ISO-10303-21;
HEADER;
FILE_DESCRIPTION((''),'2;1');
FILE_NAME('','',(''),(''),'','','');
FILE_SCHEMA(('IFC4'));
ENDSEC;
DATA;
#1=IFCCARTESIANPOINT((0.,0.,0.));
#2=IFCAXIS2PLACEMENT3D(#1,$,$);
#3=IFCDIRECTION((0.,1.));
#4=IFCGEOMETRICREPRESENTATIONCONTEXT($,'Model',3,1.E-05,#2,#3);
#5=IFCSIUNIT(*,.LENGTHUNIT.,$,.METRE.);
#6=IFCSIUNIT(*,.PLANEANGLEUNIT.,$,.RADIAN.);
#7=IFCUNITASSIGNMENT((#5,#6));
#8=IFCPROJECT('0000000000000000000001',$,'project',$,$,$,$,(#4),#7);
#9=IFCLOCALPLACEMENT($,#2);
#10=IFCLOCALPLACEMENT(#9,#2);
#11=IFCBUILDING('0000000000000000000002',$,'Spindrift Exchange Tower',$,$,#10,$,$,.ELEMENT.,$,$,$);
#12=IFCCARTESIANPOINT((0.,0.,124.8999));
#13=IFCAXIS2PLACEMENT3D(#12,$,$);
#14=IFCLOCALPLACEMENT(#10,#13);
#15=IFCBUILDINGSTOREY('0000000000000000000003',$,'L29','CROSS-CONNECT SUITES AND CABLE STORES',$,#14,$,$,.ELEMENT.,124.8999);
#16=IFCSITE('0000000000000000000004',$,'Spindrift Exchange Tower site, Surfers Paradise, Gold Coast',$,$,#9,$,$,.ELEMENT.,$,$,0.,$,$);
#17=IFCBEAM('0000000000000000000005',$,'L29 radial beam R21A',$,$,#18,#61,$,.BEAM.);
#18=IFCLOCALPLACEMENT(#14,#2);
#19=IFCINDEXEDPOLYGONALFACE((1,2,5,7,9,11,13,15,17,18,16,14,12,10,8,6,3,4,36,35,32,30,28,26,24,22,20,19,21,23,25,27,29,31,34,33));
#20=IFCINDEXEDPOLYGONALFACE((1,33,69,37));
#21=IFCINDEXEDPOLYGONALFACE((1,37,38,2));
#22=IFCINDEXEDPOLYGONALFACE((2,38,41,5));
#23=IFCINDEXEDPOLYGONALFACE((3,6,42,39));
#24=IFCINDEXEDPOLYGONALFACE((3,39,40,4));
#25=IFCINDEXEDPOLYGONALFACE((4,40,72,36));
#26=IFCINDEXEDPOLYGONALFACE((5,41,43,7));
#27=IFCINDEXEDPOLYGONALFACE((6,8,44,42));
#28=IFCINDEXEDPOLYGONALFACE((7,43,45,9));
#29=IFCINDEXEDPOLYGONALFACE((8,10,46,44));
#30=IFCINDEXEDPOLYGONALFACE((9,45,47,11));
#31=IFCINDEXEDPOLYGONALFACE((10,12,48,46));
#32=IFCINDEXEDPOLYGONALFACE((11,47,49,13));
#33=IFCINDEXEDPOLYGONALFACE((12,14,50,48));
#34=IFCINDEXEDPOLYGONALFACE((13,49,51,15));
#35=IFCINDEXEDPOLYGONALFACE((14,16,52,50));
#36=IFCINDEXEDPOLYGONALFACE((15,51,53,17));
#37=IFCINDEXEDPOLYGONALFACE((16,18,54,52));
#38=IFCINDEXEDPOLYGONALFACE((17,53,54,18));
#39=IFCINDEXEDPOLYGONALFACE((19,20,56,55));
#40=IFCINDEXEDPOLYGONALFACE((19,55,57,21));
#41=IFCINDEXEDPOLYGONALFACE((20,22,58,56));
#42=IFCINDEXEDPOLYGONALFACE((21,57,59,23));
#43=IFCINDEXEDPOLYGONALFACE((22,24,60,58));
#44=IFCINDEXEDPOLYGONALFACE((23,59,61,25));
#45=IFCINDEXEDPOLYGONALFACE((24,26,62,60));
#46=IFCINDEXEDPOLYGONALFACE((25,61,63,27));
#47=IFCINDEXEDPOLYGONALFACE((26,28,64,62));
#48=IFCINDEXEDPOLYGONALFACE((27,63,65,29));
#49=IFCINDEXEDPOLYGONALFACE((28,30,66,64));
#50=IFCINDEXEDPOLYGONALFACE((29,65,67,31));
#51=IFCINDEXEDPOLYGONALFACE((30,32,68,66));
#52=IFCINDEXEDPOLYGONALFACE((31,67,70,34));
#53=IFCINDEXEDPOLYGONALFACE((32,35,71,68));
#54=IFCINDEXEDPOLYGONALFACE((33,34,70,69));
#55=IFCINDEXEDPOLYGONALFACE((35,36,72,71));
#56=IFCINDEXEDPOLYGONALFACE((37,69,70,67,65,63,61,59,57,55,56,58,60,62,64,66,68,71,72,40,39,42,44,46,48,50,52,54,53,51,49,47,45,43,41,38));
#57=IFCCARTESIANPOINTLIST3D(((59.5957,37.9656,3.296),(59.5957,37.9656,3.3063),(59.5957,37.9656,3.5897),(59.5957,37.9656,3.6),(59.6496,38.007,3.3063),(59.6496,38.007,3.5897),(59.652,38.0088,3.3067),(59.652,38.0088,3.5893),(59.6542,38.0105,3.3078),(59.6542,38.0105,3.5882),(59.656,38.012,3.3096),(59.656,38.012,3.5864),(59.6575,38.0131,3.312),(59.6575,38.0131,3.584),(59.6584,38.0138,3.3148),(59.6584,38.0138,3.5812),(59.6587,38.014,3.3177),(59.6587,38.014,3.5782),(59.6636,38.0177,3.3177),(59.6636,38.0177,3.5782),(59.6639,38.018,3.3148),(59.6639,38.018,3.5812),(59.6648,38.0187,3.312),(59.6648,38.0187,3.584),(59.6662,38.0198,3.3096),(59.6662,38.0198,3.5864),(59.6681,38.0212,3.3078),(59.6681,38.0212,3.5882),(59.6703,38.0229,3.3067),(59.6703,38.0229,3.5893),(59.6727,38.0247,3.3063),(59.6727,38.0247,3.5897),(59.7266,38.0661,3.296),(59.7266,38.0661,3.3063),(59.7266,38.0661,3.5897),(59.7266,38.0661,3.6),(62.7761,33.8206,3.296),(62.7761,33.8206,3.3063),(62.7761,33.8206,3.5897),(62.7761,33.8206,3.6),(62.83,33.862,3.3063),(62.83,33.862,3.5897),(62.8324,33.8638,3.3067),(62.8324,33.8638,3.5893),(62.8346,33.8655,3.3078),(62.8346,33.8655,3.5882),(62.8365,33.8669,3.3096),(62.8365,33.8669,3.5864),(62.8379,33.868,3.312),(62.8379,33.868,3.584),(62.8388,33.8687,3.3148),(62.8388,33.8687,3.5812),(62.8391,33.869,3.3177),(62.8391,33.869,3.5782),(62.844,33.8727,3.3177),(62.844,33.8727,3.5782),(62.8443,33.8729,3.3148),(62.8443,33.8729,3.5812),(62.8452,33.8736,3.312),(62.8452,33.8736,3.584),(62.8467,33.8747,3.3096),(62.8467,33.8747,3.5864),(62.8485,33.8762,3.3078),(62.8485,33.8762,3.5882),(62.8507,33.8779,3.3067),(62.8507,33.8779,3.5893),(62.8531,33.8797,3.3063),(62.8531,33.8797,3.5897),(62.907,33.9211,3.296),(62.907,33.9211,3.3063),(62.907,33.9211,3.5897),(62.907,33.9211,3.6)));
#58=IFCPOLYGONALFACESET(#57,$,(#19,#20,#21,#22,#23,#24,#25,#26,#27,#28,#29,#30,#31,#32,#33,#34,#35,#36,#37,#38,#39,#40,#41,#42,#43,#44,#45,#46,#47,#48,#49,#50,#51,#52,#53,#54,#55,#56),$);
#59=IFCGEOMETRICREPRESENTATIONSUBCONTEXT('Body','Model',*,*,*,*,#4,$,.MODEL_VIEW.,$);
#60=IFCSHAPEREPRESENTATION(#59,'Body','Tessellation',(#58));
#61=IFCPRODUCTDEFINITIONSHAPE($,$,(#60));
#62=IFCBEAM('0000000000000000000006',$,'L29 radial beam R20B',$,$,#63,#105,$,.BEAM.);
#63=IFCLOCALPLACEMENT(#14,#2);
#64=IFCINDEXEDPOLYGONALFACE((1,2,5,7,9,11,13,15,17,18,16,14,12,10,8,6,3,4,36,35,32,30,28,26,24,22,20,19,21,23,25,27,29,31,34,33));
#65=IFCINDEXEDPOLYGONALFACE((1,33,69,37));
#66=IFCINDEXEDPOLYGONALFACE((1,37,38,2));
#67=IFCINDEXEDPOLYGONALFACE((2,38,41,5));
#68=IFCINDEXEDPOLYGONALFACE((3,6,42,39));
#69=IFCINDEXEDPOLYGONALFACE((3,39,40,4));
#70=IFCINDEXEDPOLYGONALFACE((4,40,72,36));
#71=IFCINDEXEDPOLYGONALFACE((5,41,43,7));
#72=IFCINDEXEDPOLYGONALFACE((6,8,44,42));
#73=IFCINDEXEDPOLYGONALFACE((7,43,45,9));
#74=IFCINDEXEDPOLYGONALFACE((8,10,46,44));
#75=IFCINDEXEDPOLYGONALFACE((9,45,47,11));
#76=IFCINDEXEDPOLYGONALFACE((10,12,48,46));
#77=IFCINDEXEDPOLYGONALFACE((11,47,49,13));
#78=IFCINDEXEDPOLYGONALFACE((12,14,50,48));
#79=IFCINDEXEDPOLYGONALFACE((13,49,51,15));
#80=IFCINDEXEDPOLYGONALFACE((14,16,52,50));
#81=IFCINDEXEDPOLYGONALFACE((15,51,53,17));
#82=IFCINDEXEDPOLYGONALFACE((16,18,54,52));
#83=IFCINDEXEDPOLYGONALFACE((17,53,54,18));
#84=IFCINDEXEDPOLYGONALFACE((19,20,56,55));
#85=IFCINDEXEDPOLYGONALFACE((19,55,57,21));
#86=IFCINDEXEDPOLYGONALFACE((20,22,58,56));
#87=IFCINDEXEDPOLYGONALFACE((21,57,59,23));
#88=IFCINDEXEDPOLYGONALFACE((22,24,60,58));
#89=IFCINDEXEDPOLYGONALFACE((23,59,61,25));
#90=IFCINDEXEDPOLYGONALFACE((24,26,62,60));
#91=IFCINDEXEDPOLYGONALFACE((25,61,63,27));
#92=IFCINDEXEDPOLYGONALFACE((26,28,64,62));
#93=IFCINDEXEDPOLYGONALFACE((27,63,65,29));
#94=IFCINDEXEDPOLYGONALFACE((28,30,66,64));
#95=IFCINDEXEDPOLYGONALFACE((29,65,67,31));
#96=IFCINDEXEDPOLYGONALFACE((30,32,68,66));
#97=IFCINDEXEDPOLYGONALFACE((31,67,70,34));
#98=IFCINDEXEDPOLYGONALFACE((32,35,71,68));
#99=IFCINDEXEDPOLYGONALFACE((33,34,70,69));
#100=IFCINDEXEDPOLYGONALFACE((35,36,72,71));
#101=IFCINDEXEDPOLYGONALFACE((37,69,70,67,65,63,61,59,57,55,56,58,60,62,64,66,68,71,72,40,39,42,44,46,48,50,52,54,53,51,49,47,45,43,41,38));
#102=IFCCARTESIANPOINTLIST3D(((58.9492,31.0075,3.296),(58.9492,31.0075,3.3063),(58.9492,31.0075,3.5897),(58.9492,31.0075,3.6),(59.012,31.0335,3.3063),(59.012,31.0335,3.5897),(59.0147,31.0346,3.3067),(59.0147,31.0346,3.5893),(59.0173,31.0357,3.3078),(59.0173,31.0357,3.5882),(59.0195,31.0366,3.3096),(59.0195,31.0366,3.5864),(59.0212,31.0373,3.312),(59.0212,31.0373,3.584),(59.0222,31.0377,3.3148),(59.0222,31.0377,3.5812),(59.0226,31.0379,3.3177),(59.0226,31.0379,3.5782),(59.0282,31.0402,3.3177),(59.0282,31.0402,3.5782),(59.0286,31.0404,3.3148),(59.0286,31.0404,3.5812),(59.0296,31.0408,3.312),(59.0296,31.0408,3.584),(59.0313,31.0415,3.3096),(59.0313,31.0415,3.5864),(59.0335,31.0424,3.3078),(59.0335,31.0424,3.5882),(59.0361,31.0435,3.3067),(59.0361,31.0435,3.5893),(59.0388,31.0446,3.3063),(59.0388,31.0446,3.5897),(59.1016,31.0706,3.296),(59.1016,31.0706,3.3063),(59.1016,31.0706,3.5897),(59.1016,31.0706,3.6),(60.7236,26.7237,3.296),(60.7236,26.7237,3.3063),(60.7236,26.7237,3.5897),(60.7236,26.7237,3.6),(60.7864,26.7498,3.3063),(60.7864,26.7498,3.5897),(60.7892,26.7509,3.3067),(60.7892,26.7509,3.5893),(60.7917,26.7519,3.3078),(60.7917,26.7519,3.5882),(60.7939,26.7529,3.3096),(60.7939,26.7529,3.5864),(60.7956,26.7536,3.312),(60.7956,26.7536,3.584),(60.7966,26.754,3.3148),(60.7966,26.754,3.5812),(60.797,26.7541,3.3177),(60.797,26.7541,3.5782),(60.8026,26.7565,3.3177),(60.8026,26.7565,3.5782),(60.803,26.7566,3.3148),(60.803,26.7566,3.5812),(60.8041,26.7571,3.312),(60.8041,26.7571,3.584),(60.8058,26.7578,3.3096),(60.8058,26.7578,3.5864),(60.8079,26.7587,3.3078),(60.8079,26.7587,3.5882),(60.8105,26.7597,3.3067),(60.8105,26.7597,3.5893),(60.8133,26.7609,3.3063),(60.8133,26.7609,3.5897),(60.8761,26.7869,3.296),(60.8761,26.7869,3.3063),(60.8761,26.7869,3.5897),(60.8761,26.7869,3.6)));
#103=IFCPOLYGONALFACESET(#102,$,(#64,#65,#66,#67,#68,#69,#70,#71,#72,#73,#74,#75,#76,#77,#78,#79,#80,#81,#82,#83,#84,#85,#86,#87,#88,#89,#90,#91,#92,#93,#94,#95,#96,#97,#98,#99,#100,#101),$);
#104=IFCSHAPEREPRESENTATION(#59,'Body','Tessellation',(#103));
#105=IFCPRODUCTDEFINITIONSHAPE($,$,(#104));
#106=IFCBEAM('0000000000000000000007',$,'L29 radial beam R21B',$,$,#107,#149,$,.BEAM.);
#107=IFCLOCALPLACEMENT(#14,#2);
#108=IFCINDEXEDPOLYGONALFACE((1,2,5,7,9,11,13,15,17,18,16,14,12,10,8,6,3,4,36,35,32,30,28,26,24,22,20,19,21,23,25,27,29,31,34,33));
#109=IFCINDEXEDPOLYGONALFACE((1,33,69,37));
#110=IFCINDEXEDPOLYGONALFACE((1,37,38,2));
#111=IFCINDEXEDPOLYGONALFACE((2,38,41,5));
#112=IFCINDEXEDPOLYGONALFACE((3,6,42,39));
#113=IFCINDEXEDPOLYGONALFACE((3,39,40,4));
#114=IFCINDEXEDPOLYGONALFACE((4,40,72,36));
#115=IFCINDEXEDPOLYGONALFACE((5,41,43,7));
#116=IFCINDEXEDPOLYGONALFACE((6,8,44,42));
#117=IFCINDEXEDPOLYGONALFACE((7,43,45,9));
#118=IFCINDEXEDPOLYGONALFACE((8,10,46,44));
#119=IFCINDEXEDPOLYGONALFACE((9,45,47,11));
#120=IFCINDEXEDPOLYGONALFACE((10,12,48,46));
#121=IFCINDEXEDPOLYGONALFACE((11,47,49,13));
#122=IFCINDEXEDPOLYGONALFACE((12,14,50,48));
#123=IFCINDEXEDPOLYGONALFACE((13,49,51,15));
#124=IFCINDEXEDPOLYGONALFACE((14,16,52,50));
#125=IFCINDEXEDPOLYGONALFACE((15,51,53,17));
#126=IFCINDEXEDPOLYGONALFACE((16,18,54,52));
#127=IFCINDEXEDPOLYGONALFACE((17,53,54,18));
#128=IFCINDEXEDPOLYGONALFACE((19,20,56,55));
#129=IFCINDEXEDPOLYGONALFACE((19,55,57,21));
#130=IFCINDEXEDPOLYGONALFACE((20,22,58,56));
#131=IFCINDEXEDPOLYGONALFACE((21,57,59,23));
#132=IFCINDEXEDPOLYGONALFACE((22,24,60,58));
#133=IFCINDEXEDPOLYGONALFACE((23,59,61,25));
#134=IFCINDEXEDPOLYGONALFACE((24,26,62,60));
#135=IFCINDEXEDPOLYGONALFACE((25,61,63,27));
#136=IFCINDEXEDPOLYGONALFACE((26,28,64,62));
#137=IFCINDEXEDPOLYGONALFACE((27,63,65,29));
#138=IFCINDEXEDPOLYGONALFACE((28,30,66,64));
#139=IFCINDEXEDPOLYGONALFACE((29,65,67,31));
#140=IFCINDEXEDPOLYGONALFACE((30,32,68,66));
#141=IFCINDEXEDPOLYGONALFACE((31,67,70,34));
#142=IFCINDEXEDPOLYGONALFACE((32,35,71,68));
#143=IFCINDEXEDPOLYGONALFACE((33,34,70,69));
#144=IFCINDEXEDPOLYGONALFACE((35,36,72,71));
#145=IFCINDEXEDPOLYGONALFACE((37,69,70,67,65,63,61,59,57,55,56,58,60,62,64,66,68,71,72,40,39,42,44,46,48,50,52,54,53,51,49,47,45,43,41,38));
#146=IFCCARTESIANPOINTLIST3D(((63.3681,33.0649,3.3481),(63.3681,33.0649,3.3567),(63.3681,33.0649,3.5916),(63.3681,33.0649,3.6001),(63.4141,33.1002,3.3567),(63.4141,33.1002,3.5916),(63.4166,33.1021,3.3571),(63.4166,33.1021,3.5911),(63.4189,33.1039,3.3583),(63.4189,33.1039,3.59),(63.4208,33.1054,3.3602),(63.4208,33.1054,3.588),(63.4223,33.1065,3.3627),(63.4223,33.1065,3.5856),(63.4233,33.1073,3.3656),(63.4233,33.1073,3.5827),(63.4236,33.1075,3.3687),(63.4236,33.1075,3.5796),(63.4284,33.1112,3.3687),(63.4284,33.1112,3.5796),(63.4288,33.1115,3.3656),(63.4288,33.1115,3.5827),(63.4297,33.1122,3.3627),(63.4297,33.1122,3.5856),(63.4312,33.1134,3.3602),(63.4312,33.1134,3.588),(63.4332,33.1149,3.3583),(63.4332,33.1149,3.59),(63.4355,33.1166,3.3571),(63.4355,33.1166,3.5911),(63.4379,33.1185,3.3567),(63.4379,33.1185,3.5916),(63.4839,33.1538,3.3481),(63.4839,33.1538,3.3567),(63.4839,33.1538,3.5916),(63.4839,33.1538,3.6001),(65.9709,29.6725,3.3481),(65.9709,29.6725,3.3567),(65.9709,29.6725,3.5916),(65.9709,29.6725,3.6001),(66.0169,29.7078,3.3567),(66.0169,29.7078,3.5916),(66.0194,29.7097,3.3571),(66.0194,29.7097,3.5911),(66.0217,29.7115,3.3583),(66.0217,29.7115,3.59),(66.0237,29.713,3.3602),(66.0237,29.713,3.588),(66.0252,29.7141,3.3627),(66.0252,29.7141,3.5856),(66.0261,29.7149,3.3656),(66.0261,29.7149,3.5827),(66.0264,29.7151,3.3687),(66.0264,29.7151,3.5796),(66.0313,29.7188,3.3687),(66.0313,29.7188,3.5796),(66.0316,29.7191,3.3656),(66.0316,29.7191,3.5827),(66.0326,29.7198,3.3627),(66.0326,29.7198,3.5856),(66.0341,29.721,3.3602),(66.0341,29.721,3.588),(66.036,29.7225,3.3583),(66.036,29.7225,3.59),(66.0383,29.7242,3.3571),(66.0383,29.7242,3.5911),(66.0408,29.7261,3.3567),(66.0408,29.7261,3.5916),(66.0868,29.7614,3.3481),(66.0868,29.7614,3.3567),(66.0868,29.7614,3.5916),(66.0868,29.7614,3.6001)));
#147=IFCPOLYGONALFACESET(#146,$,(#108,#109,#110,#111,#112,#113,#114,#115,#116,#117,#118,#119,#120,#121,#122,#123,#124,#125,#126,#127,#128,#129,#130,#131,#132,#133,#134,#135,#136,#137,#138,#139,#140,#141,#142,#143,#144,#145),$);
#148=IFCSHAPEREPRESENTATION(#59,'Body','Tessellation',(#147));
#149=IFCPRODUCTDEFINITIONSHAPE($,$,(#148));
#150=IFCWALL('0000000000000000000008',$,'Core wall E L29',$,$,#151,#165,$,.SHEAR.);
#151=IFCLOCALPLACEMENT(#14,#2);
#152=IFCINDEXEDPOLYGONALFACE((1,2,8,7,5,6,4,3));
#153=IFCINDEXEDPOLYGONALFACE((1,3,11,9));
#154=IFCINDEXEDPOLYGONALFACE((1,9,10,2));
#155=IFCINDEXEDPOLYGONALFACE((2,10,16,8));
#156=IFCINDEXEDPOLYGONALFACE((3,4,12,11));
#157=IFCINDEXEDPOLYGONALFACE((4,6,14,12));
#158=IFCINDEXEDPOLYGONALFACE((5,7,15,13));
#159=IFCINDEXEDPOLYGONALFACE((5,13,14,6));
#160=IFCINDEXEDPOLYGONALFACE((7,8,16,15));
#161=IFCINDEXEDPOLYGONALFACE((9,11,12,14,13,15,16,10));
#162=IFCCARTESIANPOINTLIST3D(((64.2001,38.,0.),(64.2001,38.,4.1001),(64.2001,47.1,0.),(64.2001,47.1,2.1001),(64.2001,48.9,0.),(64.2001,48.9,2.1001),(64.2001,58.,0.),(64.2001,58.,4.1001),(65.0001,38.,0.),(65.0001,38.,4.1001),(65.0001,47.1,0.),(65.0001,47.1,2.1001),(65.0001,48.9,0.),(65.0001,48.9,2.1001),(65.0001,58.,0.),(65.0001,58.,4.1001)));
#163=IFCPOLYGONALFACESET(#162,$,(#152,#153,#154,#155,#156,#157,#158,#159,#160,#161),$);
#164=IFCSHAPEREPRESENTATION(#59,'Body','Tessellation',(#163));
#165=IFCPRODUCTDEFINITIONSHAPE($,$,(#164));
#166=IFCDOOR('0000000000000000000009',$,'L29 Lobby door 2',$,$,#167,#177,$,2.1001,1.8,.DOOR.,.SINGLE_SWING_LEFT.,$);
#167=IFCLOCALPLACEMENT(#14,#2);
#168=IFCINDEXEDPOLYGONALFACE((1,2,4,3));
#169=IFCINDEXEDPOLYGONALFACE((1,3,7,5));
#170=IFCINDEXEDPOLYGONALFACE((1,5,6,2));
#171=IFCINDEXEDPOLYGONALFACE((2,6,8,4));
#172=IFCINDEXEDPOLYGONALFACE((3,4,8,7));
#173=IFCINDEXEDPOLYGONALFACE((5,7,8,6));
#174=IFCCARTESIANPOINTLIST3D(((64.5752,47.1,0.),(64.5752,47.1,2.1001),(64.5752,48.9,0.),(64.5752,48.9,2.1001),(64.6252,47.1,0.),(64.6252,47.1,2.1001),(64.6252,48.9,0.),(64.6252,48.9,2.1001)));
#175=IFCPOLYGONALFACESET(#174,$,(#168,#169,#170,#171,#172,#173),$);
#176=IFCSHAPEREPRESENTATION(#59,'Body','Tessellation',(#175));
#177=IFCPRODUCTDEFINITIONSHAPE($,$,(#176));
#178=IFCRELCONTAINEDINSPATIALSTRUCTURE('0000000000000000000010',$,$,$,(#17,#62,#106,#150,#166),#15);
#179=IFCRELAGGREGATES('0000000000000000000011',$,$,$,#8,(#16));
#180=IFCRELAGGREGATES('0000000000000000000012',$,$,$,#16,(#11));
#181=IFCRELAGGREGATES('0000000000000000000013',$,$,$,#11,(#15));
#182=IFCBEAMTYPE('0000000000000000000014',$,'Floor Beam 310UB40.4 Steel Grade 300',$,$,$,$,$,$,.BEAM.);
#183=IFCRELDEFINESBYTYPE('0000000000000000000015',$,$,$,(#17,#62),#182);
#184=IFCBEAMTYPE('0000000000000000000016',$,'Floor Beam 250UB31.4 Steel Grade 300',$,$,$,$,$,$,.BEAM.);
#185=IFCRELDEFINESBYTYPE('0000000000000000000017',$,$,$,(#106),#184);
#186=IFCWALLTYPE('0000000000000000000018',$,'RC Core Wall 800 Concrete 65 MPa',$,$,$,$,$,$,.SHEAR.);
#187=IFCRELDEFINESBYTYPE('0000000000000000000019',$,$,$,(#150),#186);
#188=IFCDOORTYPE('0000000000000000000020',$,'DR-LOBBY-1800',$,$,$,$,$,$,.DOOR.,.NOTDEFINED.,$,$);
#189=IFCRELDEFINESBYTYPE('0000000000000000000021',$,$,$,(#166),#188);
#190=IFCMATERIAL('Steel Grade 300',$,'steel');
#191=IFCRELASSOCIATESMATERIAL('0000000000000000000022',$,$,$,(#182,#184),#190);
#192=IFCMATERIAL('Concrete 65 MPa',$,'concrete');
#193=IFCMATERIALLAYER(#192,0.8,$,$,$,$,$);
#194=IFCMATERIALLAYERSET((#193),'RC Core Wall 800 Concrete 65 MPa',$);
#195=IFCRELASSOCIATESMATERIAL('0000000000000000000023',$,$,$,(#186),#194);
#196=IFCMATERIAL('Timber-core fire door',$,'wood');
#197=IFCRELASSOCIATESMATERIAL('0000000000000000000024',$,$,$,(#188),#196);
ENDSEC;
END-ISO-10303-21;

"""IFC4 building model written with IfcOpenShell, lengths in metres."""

from ifc_helpers import new_model, si_unit, direction, frame, frame_2d, origin, origin_2d, place, context, subcontext, project, spatial, rectangle, i_section, extrude, source, transform, mapped, material, layer, layer_set, material_profile, profile_set, type_object, element, fill, save


model = new_model("IFC4")

# Units and contexts
model_context = context("Model", 3, precision=1e-05, world=origin(), true_north=direction((0.0, 1.0)))
body_context = subcontext(model_context, "Body", "Model", "MODEL_VIEW")
ifc_project = project(units=[si_unit("LENGTHUNIT", "METRE"), si_unit("PLANEANGLEUNIT", "RADIAN")], contexts=[model_context])

# Site, building, storey
site_placement = place(None, origin())
site = spatial("IfcSite", under=ifc_project, at=site_placement, Name="Spindrift Exchange Tower site, Surfers Paradise, Gold Coast", CompositionType="ELEMENT", RefElevation=0.0)
building_placement = place(site_placement, origin())
building = spatial("IfcBuilding", under=site, at=building_placement, Name="Spindrift Exchange Tower", CompositionType="ELEMENT")
storey_placement = place(building_placement, frame((0.0, 0.0, 124.8999)))
storey = spatial("IfcBuildingStorey", under=building, at=storey_placement, Name="L29", Description="CROSS-CONNECT SUITES AND CABLE STORES", CompositionType="ELEMENT", Elevation=124.8999)

# Shared definitions
ifc_material_1 = material(Name="Concrete 65 MPa", Category="concrete")

# Beams
ifc_material_2 = material(Name="Steel Grade 300", Category="steel")
ifc_material_profile_1 = material_profile(ifc_material_2, i_section(OverallWidth=0.165, OverallDepth=0.304, WebThickness=0.0061, FlangeThickness=0.0103, FilletRadius=0.0115, at=origin_2d()), Name="310UB40.4")
ifc_profile_set_1 = profile_set([ifc_material_profile_1], Name="Steel Grade 300")
beam_type_1 = type_object("IfcBeamType", Name="Floor Beam 310UB40.4 Steel Grade 300", PredefinedType="BEAM", material=ifc_profile_set_1)
shared_shape_1 = source(origin(), body_context, "Body", "SweptSolid", [
    extrude(i_section(OverallWidth=0.165, OverallDepth=0.304, WebThickness=0.0061, FlangeThickness=0.0103, FilletRadius=0.0115, at=origin_2d()), origin(), (0.0, 0.0, 1.0), 5.2246),
])
beam_1_placement = place(storey_placement, frame((59.6611, 38.0159, 3.448), z_axis=(0.608741, -0.793369, 0.0), x_axis=(0.793369, 0.608741, 0.0)))
element("IfcBeam", 1, at=beam_1_placement, inside=storey, type_object=beam_type_1, Name="L29 radial beam R21A", PredefinedType="BEAM", context=body_context, shape_type="MappedRepresentation", body=[
    mapped(shared_shape_1, transform((0.0, 0.0, 0.0), scale=1.0)),
])
shared_shape_2 = source(origin(), body_context, "Body", "SweptSolid", [
    extrude(i_section(OverallWidth=0.165, OverallDepth=0.304, WebThickness=0.0061, FlangeThickness=0.0103, FilletRadius=0.0115, at=origin_2d()), origin(), (0.0, 0.0, 1.0), 4.6367),
])
beam_2_placement = place(storey_placement, frame((59.0254, 31.0391, 3.448), z_axis=(0.382693, -0.923876, 0.0), x_axis=(0.923876, 0.382693, 0.0)))
element("IfcBeam", 2, at=beam_2_placement, inside=storey, type_object=beam_type_1, Name="L29 radial beam R20B", PredefinedType="BEAM", context=body_context, shape_type="MappedRepresentation", body=[
    mapped(shared_shape_2, transform((0.0, 0.0, 0.0), scale=1.0)),
])
ifc_material_profile_2 = material_profile(ifc_material_2, i_section(OverallWidth=0.146, OverallDepth=0.252, WebThickness=0.0061, FlangeThickness=0.0085, FilletRadius=0.012, at=origin_2d()), Name="250UB31.4")
ifc_profile_set_2 = profile_set([ifc_material_profile_2], Name="Steel Grade 300")
beam_type_2 = type_object("IfcBeamType", Name="Floor Beam 250UB31.4 Steel Grade 300", PredefinedType="BEAM", material=ifc_profile_set_2)
shared_shape_3 = source(origin(), body_context, "Body", "SweptSolid", [
    extrude(i_section(OverallWidth=0.146, OverallDepth=0.252, WebThickness=0.0061, FlangeThickness=0.0085, FilletRadius=0.012, at=origin_2d()), origin(), (0.0, 0.0, 1.0), 4.2759),
])
beam_3_placement = place(storey_placement, frame((63.426, 33.1094, 3.4741), z_axis=(0.608725, -0.793381, 0.0), x_axis=(0.793381, 0.608725, 0.0)))
element("IfcBeam", 3, at=beam_3_placement, inside=storey, type_object=beam_type_2, Name="L29 radial beam R21B", PredefinedType="BEAM", context=body_context, shape_type="MappedRepresentation", body=[
    mapped(shared_shape_3, transform((0.0, 0.0, 0.0), scale=1.0)),
])

# Wall, opening, door
ifc_layer_1 = layer(ifc_material_1, 0.8)
ifc_layer_set_1 = layer_set([ifc_layer_1], Name="RC Core Wall 800 Concrete 65 MPa")
wall_type_1 = type_object("IfcWallType", Name="RC Core Wall 800 Concrete 65 MPa", PredefinedType="SHEAR", material=ifc_layer_set_1)
wall_1_placement = place(storey_placement, frame((64.6001, 38.0, 0.0), z_axis=(0.0, 0.0, 1.0), x_axis=(0.0, 1.0, 0.0)))
wall_1 = element("IfcWall", 4, at=wall_1_placement, inside=storey, type_object=wall_type_1, Name="Core wall E L29", PredefinedType="SHEAR", context=body_context, shape_type="SweptSolid", body=[
    extrude(rectangle(XDim=20.0, YDim=0.8, at=frame_2d((10.0, 0.0))), origin(), (0.0, 0.0, 1.0), 4.1001),
])
opening_1_placement = place(wall_1_placement, frame((9.1001, 0.0, 0.0)))
opening_1 = element("IfcOpeningElement", 5, at=opening_1_placement, cuts=wall_1, PredefinedType="OPENING", context=body_context, shape_type="SweptSolid", body=[
    extrude(rectangle(XDim=1.8, YDim=2.1001, at=frame_2d((0.8999, 1.05))), frame((0.0, 0.4099, 0.0), z_axis=(0.0, -1.0, 0.0), x_axis=(1.0, 0.0, 0.0)), (0.0, 0.0, 1.0), 0.8201),
])
ifc_material_3 = material(Name="Timber-core fire door", Category="wood")
door_type_1 = type_object("IfcDoorType", Name="DR-LOBBY-1800", OperationType="NOTDEFINED", PredefinedType="DOOR", material=ifc_material_3)
shared_shape_4 = source(origin(), body_context, "Body", "SweptSolid", [
    extrude(rectangle(XDim=1.8, YDim=2.1001, at=frame_2d((0.8999, 1.05))), frame((0.0, 0.0249, 0.0), z_axis=(0.0, -1.0, 0.0), x_axis=(1.0, 0.0, 0.0)), (0.0, 0.0, 1.0), 0.05),
])
door_1_placement = place(opening_1_placement, origin())
door_1 = element("IfcDoor", 6, at=door_1_placement, inside=storey, type_object=door_type_1, Name="L29 Lobby door 2", OperationType="SINGLE_SWING_LEFT", OverallHeight=2.1001, OverallWidth=1.8, PredefinedType="DOOR", context=body_context, shape_type="MappedRepresentation", body=[
    mapped(shared_shape_4, transform((0.0, 0.0, 0.0), scale=1.0)),
])
fill(opening_1, door_1)

save(model, "model.ifc")
